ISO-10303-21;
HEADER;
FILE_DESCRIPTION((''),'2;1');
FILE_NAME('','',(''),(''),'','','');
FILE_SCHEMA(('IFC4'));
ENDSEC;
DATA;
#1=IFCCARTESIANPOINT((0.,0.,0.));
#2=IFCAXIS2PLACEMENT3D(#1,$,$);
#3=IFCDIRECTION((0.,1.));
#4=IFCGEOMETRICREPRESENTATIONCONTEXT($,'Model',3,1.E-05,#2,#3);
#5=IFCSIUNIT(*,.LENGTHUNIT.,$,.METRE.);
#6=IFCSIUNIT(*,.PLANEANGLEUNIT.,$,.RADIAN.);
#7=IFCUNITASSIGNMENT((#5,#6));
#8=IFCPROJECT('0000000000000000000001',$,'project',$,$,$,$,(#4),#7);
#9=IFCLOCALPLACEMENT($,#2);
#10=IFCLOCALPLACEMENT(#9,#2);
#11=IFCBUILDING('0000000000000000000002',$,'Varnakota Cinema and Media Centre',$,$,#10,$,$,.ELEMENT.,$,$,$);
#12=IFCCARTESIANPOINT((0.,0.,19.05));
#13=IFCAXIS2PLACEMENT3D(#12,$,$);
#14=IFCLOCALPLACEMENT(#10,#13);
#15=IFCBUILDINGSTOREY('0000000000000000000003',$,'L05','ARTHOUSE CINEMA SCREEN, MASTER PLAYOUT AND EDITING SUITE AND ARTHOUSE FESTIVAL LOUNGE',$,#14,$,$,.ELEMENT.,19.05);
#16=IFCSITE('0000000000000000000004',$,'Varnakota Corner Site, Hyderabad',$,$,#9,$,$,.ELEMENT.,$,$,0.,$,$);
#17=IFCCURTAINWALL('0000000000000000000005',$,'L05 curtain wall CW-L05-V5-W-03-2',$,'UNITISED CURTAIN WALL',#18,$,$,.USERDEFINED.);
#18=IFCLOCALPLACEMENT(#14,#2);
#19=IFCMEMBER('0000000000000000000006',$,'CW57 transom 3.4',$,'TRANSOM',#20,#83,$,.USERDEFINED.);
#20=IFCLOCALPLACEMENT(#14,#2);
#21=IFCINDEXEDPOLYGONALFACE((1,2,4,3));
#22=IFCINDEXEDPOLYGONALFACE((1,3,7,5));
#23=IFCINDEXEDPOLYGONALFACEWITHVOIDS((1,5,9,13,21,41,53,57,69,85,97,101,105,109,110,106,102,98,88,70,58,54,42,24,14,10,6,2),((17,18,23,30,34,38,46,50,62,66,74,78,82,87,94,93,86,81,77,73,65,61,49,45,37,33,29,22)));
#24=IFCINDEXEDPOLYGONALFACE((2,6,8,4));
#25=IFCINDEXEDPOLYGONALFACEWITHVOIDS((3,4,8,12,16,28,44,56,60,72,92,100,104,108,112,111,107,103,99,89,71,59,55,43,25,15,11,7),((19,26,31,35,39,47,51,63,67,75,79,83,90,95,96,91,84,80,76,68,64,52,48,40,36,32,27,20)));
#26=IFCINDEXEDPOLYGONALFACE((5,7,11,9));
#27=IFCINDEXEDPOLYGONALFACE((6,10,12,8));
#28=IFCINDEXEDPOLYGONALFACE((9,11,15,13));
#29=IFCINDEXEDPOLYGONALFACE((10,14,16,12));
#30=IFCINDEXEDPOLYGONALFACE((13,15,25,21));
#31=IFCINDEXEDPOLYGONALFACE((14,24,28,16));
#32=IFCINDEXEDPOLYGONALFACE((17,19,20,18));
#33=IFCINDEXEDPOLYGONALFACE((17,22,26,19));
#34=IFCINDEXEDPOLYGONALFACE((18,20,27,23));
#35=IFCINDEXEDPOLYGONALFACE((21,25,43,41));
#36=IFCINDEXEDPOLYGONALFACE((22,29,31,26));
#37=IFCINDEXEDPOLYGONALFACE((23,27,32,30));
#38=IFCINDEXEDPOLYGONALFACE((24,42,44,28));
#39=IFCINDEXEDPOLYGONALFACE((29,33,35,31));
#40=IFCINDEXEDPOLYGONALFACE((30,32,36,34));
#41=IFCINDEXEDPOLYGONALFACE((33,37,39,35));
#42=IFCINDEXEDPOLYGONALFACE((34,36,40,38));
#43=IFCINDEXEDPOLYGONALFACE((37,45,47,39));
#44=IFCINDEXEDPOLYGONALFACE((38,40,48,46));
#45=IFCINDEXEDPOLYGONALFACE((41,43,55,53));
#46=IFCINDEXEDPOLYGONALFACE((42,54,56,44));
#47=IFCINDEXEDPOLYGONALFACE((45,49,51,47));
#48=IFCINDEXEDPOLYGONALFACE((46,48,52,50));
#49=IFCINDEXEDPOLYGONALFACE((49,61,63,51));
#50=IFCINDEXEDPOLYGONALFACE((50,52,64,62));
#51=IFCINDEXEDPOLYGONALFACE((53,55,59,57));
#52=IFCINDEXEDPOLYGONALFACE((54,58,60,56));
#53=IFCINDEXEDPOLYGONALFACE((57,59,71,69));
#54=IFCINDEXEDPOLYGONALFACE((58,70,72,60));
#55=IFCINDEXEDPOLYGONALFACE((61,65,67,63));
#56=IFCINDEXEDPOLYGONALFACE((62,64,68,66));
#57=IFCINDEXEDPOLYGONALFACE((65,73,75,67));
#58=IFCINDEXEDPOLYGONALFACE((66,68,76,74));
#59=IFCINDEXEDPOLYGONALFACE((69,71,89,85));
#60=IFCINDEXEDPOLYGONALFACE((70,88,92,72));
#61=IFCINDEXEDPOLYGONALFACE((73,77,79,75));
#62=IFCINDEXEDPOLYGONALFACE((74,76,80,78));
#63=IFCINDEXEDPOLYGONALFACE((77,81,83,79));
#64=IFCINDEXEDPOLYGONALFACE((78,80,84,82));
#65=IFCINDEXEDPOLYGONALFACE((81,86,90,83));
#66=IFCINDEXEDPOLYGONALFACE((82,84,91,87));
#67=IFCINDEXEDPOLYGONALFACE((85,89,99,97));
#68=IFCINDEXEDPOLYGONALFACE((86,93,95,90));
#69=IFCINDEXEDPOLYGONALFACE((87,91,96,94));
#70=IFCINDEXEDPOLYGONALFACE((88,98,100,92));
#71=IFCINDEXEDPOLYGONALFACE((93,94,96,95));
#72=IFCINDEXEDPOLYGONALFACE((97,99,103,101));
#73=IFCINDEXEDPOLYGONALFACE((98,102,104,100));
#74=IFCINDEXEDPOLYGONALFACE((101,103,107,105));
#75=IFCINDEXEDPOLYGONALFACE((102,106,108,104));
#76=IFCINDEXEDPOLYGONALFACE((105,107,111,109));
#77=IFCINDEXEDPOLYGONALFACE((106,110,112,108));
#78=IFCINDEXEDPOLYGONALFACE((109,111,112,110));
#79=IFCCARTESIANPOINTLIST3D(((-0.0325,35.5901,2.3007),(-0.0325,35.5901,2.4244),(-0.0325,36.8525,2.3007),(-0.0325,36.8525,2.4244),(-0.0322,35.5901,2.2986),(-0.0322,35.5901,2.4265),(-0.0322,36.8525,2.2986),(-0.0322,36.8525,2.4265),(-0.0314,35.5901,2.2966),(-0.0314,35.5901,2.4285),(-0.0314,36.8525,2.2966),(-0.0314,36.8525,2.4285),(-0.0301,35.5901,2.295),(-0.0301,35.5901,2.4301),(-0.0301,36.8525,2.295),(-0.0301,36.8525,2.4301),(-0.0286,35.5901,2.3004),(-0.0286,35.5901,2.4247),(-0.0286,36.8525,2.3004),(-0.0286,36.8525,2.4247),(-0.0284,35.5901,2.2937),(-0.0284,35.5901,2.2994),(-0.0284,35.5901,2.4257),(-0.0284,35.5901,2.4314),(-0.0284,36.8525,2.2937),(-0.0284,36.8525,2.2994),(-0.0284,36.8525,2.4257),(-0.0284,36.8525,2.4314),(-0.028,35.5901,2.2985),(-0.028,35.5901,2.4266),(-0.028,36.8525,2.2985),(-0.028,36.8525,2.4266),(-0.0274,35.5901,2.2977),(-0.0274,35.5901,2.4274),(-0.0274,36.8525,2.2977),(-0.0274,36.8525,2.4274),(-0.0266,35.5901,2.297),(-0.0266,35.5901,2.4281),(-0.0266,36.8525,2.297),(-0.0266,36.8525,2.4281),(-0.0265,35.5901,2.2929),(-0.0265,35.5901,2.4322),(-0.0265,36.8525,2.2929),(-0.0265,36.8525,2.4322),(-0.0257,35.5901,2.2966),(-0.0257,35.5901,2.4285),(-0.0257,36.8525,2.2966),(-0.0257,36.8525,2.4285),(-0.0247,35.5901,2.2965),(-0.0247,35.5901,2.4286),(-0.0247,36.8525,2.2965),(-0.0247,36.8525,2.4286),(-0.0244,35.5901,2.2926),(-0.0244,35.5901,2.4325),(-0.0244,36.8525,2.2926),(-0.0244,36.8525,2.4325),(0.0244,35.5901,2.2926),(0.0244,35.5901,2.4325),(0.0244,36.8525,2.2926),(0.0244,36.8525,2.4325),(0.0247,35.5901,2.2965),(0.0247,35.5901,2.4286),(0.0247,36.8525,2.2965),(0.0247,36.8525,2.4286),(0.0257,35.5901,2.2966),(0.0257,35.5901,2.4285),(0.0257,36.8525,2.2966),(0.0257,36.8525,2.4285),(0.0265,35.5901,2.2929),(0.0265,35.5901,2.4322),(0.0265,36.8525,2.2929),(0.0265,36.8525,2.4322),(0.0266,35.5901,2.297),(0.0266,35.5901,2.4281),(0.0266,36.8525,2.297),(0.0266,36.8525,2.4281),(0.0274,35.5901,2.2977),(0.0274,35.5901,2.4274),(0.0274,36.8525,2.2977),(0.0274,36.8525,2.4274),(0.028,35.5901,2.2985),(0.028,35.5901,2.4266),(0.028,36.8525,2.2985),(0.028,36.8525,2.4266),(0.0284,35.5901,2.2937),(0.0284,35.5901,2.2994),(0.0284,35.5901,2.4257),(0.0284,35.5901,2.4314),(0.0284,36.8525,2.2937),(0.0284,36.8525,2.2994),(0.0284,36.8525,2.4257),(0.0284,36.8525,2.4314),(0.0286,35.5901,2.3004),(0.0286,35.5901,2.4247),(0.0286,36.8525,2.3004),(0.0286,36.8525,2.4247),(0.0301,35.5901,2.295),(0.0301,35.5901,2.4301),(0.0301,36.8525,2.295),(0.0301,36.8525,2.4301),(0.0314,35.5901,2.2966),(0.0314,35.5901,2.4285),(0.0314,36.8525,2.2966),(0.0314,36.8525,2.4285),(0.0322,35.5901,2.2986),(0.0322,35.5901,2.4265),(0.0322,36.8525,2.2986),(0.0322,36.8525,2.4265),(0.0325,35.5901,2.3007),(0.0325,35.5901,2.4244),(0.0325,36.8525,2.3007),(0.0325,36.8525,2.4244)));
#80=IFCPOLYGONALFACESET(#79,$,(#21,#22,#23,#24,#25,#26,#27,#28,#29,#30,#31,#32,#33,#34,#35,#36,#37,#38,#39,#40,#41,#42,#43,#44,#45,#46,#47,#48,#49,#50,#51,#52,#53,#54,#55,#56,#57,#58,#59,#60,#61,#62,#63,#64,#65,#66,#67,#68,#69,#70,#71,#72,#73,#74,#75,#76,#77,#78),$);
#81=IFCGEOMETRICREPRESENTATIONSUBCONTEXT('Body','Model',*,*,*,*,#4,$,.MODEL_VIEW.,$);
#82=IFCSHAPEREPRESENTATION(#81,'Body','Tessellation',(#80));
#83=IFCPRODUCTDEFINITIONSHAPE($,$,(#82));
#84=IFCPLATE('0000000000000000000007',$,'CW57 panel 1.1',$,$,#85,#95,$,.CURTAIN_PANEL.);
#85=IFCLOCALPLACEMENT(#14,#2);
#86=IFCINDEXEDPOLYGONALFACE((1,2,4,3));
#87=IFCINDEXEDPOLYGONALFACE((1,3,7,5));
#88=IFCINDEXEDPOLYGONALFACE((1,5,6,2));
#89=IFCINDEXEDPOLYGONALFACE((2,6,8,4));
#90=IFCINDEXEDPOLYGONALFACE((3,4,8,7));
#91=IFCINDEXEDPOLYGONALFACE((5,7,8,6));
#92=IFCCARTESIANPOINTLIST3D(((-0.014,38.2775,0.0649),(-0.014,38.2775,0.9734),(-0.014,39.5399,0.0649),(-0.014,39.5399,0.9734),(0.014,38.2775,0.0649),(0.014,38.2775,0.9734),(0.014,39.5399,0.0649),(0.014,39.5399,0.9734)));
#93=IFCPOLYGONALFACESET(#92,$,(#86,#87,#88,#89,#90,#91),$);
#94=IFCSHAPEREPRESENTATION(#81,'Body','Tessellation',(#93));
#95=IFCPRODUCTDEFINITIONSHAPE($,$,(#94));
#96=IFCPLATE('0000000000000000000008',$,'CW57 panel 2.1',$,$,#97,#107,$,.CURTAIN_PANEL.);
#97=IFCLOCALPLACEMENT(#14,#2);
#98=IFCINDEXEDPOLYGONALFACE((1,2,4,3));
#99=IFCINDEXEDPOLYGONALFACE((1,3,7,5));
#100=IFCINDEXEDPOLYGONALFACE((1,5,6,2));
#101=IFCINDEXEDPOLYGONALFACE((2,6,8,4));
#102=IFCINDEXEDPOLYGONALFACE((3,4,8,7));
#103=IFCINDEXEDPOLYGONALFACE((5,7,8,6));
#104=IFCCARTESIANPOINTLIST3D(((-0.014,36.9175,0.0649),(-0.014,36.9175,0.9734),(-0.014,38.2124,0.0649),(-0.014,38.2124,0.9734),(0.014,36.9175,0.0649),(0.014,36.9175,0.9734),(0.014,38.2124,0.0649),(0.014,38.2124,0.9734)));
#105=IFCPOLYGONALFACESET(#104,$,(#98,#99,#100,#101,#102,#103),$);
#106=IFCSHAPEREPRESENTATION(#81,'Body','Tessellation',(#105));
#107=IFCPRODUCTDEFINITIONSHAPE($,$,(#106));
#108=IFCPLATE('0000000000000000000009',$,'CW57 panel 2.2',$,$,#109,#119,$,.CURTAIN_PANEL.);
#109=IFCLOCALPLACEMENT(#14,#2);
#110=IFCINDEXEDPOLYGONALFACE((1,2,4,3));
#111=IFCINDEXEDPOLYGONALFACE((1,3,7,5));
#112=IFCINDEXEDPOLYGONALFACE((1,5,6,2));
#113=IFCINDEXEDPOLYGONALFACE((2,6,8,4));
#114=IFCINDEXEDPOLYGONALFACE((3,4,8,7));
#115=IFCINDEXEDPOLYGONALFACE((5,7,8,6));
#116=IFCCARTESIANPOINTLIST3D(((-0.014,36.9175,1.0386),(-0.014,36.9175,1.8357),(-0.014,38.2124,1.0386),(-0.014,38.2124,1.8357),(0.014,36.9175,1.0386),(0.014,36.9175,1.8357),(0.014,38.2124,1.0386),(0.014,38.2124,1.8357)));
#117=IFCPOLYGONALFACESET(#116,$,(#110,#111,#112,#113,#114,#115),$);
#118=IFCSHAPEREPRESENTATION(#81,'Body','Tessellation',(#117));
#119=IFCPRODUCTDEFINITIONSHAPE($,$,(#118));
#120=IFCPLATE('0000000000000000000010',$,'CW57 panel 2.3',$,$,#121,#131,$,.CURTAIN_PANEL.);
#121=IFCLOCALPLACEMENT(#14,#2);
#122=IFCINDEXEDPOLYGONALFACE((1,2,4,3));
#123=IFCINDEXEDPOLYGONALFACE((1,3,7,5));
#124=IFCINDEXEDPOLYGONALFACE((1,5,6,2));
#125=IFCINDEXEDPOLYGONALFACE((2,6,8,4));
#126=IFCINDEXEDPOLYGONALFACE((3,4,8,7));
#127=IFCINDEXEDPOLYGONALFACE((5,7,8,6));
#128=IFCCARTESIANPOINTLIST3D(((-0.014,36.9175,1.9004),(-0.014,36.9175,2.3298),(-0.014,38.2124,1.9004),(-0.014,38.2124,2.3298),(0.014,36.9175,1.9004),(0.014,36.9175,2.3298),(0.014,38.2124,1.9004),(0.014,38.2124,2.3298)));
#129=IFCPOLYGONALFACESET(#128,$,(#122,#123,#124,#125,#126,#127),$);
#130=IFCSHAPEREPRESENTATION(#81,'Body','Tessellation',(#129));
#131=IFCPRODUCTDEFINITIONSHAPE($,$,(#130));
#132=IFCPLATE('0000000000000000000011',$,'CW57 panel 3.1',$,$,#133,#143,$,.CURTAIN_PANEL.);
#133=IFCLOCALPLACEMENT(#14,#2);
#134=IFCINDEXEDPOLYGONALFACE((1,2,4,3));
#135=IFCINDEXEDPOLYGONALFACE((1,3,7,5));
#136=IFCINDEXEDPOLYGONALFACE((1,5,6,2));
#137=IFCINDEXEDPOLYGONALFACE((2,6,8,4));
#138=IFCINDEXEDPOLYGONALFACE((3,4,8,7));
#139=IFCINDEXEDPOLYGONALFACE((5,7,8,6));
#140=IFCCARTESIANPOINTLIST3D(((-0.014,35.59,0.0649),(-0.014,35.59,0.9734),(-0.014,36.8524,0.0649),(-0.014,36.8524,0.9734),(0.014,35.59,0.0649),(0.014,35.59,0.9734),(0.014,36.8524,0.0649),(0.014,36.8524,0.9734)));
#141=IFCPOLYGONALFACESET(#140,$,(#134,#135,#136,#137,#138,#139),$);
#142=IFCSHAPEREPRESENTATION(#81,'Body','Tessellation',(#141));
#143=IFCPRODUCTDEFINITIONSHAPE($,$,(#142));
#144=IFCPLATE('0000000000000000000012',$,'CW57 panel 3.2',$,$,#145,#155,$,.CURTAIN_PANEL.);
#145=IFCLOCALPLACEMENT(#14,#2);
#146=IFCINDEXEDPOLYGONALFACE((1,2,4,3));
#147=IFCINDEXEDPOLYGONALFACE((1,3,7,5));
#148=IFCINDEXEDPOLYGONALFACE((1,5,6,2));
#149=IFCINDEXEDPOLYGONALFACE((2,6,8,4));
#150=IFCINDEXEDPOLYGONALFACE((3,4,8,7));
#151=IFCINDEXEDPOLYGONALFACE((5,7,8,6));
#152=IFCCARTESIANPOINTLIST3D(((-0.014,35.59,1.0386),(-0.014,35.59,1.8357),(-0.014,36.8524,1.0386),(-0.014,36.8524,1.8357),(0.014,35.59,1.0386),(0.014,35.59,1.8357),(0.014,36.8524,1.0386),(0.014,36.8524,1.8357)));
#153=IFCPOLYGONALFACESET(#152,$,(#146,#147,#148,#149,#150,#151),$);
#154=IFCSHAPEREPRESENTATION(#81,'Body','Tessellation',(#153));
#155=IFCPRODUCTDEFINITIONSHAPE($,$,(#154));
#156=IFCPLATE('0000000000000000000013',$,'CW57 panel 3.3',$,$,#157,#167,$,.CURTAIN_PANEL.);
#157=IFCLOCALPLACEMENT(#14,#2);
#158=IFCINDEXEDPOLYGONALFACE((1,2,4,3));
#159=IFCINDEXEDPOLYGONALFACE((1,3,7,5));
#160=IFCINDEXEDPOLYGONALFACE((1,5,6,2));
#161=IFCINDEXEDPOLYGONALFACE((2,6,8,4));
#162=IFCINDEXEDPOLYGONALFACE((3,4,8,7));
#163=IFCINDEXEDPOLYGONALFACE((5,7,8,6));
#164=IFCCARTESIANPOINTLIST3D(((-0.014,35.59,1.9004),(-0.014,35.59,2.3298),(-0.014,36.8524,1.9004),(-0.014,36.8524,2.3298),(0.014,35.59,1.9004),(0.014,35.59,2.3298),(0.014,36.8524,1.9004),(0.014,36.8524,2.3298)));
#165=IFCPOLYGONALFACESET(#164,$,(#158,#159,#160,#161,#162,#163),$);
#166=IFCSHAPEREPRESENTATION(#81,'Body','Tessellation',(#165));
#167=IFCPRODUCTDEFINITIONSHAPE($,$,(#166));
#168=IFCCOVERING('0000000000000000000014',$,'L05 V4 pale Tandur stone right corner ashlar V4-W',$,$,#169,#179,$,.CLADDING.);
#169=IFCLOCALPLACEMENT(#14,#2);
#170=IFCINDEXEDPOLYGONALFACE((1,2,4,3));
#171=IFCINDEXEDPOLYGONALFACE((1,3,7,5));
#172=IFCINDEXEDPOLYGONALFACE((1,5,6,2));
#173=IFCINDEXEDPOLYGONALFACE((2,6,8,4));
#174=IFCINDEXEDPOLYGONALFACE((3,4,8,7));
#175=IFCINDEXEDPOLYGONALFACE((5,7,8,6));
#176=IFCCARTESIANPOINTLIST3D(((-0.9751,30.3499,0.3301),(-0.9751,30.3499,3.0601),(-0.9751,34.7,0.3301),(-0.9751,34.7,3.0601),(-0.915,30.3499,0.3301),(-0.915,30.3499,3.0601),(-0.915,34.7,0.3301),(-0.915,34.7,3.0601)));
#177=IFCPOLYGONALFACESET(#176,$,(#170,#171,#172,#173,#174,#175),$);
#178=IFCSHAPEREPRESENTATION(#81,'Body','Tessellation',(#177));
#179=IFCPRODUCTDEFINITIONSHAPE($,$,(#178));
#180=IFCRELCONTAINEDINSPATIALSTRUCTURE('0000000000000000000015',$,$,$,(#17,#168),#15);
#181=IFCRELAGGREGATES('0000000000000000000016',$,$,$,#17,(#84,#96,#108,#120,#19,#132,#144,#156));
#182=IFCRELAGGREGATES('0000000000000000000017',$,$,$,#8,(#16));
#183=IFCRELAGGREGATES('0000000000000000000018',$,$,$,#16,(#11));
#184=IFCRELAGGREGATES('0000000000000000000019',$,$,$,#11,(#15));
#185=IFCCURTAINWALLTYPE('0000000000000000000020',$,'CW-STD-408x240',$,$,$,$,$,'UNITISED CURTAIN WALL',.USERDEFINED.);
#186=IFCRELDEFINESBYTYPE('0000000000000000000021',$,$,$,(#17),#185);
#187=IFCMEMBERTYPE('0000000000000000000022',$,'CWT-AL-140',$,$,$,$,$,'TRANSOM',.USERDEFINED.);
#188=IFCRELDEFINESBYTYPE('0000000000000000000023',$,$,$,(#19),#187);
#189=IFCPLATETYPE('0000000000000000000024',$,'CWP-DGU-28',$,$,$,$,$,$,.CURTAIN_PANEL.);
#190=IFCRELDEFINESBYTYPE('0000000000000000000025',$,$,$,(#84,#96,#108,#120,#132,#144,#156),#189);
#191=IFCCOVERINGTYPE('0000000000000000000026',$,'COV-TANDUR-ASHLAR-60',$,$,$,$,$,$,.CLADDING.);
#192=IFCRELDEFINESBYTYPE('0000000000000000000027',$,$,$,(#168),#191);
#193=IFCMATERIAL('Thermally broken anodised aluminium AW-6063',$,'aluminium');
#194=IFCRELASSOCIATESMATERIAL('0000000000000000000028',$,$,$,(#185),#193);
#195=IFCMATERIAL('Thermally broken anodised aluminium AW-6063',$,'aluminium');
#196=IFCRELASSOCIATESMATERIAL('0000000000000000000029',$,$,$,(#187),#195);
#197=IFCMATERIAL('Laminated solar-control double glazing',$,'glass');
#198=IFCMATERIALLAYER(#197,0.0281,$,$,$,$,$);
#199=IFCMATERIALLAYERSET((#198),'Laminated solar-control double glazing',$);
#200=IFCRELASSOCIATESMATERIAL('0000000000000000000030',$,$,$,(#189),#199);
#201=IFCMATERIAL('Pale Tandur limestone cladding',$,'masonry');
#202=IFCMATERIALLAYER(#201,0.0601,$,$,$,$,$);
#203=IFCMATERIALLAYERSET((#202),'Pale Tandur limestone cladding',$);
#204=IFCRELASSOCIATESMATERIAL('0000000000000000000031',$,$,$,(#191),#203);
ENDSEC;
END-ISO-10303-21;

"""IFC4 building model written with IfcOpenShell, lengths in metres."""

from ifc_helpers import new_model, si_unit, direction, frame, origin, origin_2d, place, context, subcontext, project, spatial, rectangle, hollow_rectangle, extrude, material, layer, layer_set, material_profile, profile_set, type_object, element, aggregate, save


model = new_model("IFC4")

# Units and contexts
model_context = context("Model", 3, precision=1e-05, world=origin(), true_north=direction((0.0, 1.0)))
body_context = subcontext(model_context, "Body", "Model", "MODEL_VIEW")
ifc_project = project(units=[si_unit("LENGTHUNIT", "METRE"), si_unit("PLANEANGLEUNIT", "RADIAN")], contexts=[model_context])

# Site, building, storey
site_placement = place(None, origin())
site = spatial("IfcSite", under=ifc_project, at=site_placement, Name="Varnakota Corner Site, Hyderabad", CompositionType="ELEMENT", RefElevation=0.0)
building_placement = place(site_placement, origin())
building = spatial("IfcBuilding", under=site, at=building_placement, Name="Varnakota Cinema and Media Centre", CompositionType="ELEMENT")
storey_placement = place(building_placement, frame((0.0, 0.0, 19.05)))
storey = spatial("IfcBuildingStorey", under=building, at=storey_placement, Name="L05", Description="ARTHOUSE CINEMA SCREEN, MASTER PLAYOUT AND EDITING SUITE AND ARTHOUSE FESTIVAL LOUNGE", CompositionType="ELEMENT", Elevation=19.05)

# Curtain wall, member, plates
ifc_material_1 = material(Name="Thermally broken anodised aluminium AW-6063", Category="aluminium")
curtain_wall_type = type_object("IfcCurtainWallType", Name="CW-STD-408x240", ElementType="UNITISED CURTAIN WALL", PredefinedType="USERDEFINED", material=ifc_material_1)
curtain_wall_placement = place(storey_placement, origin())
curtain_wall = element("IfcCurtainWall", 1, at=curtain_wall_placement, inside=storey, type_object=curtain_wall_type, Name="L05 curtain wall CW-L05-V5-W-03-2", ObjectType="UNITISED CURTAIN WALL", PredefinedType="USERDEFINED")
ifc_material_2 = material(Name="Thermally broken anodised aluminium AW-6063", Category="aluminium")
ifc_material_profile_1 = material_profile(ifc_material_2, hollow_rectangle(XDim=0.0649, YDim=0.1399, WallThickness=0.0039, InnerFilletRadius=0.0039, OuterFilletRadius=0.0081, at=origin_2d()), Name="AL-TRANSOM 140x65x4")
ifc_profile_set_1 = profile_set([ifc_material_profile_1], Name="Thermally broken anodised aluminium AW-6063")
member_type_1 = type_object("IfcMemberType", Name="CWT-AL-140", ElementType="TRANSOM", PredefinedType="USERDEFINED", material=ifc_profile_set_1)
member_1_placement = place(storey_placement, frame((0.0, 36.8525, 2.3625), z_axis=(0.0, -1.0, 0.0), x_axis=(1.0, 0.0, 0.0)))
member_1 = element("IfcMember", 2, at=member_1_placement, type_object=member_type_1, Name="CW57 transom 3.4", ObjectType="TRANSOM", PredefinedType="USERDEFINED", context=body_context, shape_type="SweptSolid", body=[
    extrude(hollow_rectangle(XDim=0.0649, YDim=0.1399, WallThickness=0.0039, InnerFilletRadius=0.0039, OuterFilletRadius=0.0081, at=origin_2d()), origin(), (0.0, 0.0, 1.0), 1.2625),
])
ifc_material_3 = material(Name="Laminated solar-control double glazing", Category="glass")
ifc_layer_1 = layer(ifc_material_3, 0.0281)
ifc_layer_set_1 = layer_set([ifc_layer_1], Name="Laminated solar-control double glazing")
plate_type = type_object("IfcPlateType", Name="CWP-DGU-28", PredefinedType="CURTAIN_PANEL", material=ifc_layer_set_1)
plate_1_placement = place(storey_placement, frame((0.0, 38.9087, 0.0649), z_axis=(0.0, 0.0, 1.0), x_axis=(0.0, -1.0, 0.0)))
plate_1 = element("IfcPlate", 3, at=plate_1_placement, type_object=plate_type, Name="CW57 panel 1.1", PredefinedType="CURTAIN_PANEL", context=body_context, shape_type="SweptSolid", body=[
    extrude(rectangle(XDim=1.2625, YDim=0.0281, at=origin_2d()), origin(), (0.0, 0.0, 1.0), 0.9084),
])
plate_2_placement = place(storey_placement, frame((0.0, 37.5649, 0.0649), z_axis=(0.0, 0.0, 1.0), x_axis=(0.0, -1.0, 0.0)))
plate_2 = element("IfcPlate", 4, at=plate_2_placement, type_object=plate_type, Name="CW57 panel 2.1", PredefinedType="CURTAIN_PANEL", context=body_context, shape_type="SweptSolid", body=[
    extrude(rectangle(XDim=1.2949, YDim=0.0281, at=origin_2d()), origin(), (0.0, 0.0, 1.0), 0.9084),
])
plate_3_placement = place(storey_placement, frame((0.0, 37.5649, 1.0386), z_axis=(0.0, 0.0, 1.0), x_axis=(0.0, -1.0, 0.0)))
plate_3 = element("IfcPlate", 5, at=plate_3_placement, type_object=plate_type, Name="CW57 panel 2.2", PredefinedType="CURTAIN_PANEL", context=body_context, shape_type="SweptSolid", body=[
    extrude(rectangle(XDim=1.2949, YDim=0.0281, at=origin_2d()), origin(), (0.0, 0.0, 1.0), 0.7971),
])
plate_4_placement = place(storey_placement, frame((0.0, 37.5649, 1.9004), z_axis=(0.0, 0.0, 1.0), x_axis=(0.0, -1.0, 0.0)))
plate_4 = element("IfcPlate", 6, at=plate_4_placement, type_object=plate_type, Name="CW57 panel 2.3", PredefinedType="CURTAIN_PANEL", context=body_context, shape_type="SweptSolid", body=[
    extrude(rectangle(XDim=1.2949, YDim=0.0281, at=origin_2d()), origin(), (0.0, 0.0, 1.0), 0.4294),
])
plate_5_placement = place(storey_placement, frame((0.0, 36.2212, 0.0649), z_axis=(0.0, 0.0, 1.0), x_axis=(0.0, -1.0, 0.0)))
plate_5 = element("IfcPlate", 7, at=plate_5_placement, type_object=plate_type, Name="CW57 panel 3.1", PredefinedType="CURTAIN_PANEL", context=body_context, shape_type="SweptSolid", body=[
    extrude(rectangle(XDim=1.2625, YDim=0.0281, at=origin_2d()), origin(), (0.0, 0.0, 1.0), 0.9084),
])
plate_6_placement = place(storey_placement, frame((0.0, 36.2212, 1.0386), z_axis=(0.0, 0.0, 1.0), x_axis=(0.0, -1.0, 0.0)))
plate_6 = element("IfcPlate", 8, at=plate_6_placement, type_object=plate_type, Name="CW57 panel 3.2", PredefinedType="CURTAIN_PANEL", context=body_context, shape_type="SweptSolid", body=[
    extrude(rectangle(XDim=1.2625, YDim=0.0281, at=origin_2d()), origin(), (0.0, 0.0, 1.0), 0.7971),
])
plate_7_placement = place(storey_placement, frame((0.0, 36.2212, 1.9004), z_axis=(0.0, 0.0, 1.0), x_axis=(0.0, -1.0, 0.0)))
plate_7 = element("IfcPlate", 9, at=plate_7_placement, type_object=plate_type, Name="CW57 panel 3.3", PredefinedType="CURTAIN_PANEL", context=body_context, shape_type="SweptSolid", body=[
    extrude(rectangle(XDim=1.2625, YDim=0.0281, at=origin_2d()), origin(), (0.0, 0.0, 1.0), 0.4294),
])
aggregate(curtain_wall, [plate_1, plate_2, plate_3, plate_4, member_1, plate_5, plate_6, plate_7])

# Covering
ifc_material_4 = material(Name="Pale Tandur limestone cladding", Category="masonry")
ifc_layer_2 = layer(ifc_material_4, 0.0601)
ifc_layer_set_2 = layer_set([ifc_layer_2], Name="Pale Tandur limestone cladding")
covering_type = type_object("IfcCoveringType", Name="COV-TANDUR-ASHLAR-60", PredefinedType="CLADDING", material=ifc_layer_set_2)
covering_placement = place(storey_placement, frame((-0.9451, 32.5249, 0.3301), z_axis=(0.0, 0.0, 1.0), x_axis=(0.0, 1.0, 0.0)))
element("IfcCovering", 10, at=covering_placement, inside=storey, type_object=covering_type, Name="L05 V4 pale Tandur stone right corner ashlar V4-W", PredefinedType="CLADDING", context=body_context, shape_type="SweptSolid", body=[
    extrude(rectangle(XDim=4.3501, YDim=0.0601, at=origin_2d()), origin(), (0.0, 0.0, 1.0), 2.73),
])

save(model, "model.ifc")
